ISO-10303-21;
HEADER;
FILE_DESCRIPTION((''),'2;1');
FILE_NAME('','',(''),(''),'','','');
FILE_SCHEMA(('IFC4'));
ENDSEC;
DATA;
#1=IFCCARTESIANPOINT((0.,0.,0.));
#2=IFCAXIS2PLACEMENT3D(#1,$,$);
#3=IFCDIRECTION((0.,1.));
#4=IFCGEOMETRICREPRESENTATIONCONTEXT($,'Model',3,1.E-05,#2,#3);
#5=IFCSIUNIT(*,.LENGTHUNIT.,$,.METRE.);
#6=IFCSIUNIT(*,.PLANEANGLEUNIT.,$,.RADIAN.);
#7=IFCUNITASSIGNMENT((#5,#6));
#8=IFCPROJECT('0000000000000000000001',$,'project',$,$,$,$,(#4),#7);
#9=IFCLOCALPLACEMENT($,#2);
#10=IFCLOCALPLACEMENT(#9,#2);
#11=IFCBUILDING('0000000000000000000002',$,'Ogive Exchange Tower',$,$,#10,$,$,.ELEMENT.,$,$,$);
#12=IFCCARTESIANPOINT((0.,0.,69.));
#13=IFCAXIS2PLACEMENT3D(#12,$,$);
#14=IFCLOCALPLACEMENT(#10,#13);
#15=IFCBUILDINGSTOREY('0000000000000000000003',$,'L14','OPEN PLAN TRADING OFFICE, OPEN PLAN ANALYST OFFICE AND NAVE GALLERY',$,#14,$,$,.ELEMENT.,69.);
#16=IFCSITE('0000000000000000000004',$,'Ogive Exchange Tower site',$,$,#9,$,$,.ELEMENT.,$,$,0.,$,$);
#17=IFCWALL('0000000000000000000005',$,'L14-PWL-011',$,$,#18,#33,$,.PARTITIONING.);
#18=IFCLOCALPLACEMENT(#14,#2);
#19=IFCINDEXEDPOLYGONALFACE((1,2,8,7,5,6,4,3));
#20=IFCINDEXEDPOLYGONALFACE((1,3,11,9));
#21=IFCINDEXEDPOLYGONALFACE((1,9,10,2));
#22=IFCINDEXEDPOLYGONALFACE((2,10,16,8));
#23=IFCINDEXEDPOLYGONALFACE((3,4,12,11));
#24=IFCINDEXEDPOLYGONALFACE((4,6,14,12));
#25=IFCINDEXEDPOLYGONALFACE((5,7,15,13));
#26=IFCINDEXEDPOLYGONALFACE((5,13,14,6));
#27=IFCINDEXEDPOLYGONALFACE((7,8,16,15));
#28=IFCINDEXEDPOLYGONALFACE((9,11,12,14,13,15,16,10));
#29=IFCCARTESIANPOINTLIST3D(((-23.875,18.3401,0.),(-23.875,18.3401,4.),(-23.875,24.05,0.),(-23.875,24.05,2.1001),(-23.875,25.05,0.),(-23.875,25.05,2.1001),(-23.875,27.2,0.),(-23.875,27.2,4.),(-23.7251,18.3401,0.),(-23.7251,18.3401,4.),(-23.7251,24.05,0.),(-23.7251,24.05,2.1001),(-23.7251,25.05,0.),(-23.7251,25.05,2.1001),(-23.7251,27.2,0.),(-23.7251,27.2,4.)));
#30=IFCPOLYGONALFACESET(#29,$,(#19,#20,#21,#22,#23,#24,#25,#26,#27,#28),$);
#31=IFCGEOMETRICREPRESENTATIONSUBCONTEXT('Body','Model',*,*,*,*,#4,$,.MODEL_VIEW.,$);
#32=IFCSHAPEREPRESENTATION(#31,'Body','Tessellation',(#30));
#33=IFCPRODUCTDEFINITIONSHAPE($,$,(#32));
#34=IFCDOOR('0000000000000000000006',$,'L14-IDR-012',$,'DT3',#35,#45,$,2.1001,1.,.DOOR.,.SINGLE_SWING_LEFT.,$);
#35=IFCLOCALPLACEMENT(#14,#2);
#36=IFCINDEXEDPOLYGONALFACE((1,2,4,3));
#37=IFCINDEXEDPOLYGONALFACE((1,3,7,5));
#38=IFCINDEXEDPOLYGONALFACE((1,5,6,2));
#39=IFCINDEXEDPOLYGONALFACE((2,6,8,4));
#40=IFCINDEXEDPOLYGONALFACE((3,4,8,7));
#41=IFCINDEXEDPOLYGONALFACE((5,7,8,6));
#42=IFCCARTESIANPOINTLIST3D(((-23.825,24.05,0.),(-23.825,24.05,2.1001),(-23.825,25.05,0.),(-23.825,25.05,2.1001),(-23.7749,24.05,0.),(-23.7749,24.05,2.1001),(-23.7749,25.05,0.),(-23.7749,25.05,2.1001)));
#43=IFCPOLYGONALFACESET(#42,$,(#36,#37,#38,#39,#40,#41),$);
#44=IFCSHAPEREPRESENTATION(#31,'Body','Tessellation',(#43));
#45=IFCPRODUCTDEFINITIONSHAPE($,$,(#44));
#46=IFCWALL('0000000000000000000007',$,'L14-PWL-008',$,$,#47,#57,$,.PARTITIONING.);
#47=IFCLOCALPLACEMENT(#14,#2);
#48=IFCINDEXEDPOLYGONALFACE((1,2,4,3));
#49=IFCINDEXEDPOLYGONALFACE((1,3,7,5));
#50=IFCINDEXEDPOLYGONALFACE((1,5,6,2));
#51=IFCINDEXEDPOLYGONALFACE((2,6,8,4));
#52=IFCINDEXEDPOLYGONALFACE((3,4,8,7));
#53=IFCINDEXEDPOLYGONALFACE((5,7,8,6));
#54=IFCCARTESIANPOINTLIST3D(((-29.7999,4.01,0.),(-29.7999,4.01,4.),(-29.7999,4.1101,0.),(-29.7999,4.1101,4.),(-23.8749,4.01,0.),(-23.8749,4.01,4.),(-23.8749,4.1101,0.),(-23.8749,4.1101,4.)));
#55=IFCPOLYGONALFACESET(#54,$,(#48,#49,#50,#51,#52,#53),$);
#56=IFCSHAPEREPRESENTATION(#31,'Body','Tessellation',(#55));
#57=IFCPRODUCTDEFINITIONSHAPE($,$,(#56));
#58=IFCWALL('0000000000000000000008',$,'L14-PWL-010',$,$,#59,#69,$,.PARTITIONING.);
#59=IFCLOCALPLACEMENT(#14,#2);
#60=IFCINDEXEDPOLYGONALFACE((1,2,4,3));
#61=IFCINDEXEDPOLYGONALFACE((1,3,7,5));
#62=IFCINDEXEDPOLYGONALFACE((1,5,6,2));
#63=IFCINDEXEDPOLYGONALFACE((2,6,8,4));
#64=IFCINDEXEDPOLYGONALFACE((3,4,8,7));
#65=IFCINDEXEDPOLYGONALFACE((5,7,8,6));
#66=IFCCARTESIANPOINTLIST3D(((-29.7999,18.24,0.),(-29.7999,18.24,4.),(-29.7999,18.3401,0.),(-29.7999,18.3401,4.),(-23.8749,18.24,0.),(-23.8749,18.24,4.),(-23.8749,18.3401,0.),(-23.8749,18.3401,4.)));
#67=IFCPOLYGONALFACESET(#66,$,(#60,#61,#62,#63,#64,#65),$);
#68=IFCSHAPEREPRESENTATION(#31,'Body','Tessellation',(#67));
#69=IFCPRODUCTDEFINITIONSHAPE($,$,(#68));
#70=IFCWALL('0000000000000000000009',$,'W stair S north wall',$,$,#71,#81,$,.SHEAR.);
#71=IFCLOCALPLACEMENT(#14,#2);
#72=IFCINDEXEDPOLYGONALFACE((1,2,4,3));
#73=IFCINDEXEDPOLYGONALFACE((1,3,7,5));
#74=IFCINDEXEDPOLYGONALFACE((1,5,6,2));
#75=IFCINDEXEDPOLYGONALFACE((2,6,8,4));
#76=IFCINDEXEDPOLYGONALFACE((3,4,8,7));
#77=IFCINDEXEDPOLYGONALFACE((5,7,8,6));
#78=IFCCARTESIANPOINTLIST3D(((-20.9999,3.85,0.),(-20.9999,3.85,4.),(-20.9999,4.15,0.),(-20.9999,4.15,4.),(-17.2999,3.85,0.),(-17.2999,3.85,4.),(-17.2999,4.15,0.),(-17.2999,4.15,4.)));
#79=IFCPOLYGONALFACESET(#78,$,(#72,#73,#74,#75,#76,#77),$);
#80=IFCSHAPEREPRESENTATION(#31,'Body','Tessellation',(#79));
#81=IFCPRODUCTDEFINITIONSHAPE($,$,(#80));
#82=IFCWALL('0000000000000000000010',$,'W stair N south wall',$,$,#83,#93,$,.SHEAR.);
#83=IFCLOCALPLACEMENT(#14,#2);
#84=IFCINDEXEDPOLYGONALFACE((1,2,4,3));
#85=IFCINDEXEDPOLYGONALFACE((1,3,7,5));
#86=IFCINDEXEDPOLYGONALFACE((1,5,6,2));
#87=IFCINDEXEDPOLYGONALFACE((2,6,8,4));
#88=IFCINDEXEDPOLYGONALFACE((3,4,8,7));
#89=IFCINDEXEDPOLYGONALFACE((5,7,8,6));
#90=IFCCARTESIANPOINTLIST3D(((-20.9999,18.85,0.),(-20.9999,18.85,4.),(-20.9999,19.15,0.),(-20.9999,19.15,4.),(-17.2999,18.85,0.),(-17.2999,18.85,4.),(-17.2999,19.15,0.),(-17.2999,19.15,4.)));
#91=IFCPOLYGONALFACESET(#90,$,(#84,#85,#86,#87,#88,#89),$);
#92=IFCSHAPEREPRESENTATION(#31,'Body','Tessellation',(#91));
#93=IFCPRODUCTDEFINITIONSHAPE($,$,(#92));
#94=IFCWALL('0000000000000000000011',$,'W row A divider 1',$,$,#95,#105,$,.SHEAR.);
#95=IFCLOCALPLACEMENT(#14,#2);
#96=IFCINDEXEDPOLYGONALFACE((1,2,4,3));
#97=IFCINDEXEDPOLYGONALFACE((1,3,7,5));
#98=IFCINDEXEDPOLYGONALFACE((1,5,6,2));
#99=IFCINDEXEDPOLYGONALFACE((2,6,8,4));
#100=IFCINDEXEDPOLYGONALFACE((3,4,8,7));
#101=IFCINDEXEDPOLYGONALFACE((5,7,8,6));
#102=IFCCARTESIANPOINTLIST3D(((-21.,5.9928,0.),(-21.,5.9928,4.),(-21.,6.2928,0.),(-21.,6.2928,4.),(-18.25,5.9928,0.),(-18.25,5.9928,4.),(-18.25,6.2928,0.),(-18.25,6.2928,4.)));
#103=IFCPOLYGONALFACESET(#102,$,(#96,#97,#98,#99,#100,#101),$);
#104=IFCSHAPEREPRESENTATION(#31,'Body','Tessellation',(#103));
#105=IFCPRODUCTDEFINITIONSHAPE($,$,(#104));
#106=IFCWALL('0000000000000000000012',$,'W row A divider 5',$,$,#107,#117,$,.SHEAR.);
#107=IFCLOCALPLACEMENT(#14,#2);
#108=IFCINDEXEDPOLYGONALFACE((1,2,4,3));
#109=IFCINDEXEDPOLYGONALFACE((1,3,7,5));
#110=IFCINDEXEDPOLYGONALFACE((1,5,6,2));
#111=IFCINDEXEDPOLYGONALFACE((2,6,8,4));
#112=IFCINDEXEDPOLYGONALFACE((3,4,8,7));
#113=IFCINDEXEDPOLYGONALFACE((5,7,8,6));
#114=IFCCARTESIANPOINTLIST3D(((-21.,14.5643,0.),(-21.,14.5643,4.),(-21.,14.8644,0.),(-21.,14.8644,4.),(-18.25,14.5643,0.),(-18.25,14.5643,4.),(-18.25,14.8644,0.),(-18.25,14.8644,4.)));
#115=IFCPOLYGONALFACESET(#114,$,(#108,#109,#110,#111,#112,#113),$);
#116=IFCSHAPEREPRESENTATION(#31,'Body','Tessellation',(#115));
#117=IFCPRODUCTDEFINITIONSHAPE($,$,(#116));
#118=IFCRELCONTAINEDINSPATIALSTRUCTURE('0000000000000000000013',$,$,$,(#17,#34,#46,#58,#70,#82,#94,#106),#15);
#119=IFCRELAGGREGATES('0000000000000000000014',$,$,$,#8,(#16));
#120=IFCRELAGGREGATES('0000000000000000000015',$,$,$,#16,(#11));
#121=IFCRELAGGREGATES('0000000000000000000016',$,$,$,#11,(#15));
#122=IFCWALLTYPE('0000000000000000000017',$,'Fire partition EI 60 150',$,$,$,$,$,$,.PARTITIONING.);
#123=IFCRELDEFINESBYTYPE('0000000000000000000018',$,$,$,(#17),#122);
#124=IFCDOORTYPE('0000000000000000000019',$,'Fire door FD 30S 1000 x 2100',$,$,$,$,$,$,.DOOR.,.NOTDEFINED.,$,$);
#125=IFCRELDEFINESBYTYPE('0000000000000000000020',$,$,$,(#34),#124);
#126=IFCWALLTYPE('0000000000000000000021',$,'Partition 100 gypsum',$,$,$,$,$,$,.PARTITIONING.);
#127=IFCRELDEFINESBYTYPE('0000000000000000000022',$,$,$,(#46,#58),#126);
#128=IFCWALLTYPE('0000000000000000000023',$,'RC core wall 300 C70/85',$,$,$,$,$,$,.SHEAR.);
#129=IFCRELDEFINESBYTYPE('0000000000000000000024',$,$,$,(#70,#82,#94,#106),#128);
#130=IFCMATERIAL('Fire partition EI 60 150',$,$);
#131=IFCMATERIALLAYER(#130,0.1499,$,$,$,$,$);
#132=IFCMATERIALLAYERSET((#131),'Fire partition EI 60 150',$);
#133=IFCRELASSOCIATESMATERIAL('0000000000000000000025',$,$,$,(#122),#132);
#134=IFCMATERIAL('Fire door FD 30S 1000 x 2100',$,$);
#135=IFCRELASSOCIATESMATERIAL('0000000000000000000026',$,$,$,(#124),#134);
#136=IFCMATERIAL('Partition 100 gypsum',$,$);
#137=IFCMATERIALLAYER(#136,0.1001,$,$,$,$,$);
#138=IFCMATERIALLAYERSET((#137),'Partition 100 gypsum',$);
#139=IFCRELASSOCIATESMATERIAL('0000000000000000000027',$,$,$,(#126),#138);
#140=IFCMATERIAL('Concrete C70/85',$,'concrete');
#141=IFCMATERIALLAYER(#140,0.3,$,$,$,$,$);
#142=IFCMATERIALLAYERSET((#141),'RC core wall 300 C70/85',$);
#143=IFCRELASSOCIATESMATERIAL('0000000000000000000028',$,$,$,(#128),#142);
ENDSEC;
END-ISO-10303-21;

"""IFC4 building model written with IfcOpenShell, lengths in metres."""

from ifc_helpers import new_model, si_unit, direction, frame, frame_2d, origin, place, context, subcontext, project, spatial, rectangle, extrude, material, layer, layer_set, type_object, element, fill, save


model = new_model("IFC4")

# Units and contexts
model_context = context("Model", 3, precision=1e-05, world=origin(), true_north=direction((0.0, 1.0)))
body_context = subcontext(model_context, "Body", "Model", "MODEL_VIEW")
ifc_project = project(units=[si_unit("LENGTHUNIT", "METRE"), si_unit("PLANEANGLEUNIT", "RADIAN")], contexts=[model_context])

# Site, building, storey
site_placement = place(None, origin())
site = spatial("IfcSite", under=ifc_project, at=site_placement, Name="Ogive Exchange Tower site", CompositionType="ELEMENT", RefElevation=0.0)
building_placement = place(site_placement, origin())
building = spatial("IfcBuilding", under=site, at=building_placement, Name="Ogive Exchange Tower", CompositionType="ELEMENT")
storey_placement = place(building_placement, frame((0.0, 0.0, 69.0)))
storey = spatial("IfcBuildingStorey", under=building, at=storey_placement, Name="L14", Description="OPEN PLAN TRADING OFFICE, OPEN PLAN ANALYST OFFICE AND NAVE GALLERY", CompositionType="ELEMENT", Elevation=69.0)

# Wall, opening, door
ifc_material_1 = material(Name="Fire partition EI 60 150")
ifc_layer_1 = layer(ifc_material_1, 0.1499)
ifc_layer_set_1 = layer_set([ifc_layer_1], Name="Fire partition EI 60 150")
wall_type_1 = type_object("IfcWallType", Name="Fire partition EI 60 150", PredefinedType="PARTITIONING", material=ifc_layer_set_1)
ifc_material_2 = material(Name="Fire door FD 30S 1000 x 2100")
door_type = type_object("IfcDoorType", Name="Fire door FD 30S 1000 x 2100", OperationType="NOTDEFINED", PredefinedType="DOOR", material=ifc_material_2)
wall_1_placement = place(storey_placement, frame((-23.8, 18.3401, 0.0), z_axis=(0.0, 0.0, 1.0), x_axis=(0.0, 1.0, 0.0)))
wall_1 = element("IfcWall", 1, at=wall_1_placement, inside=storey, type_object=wall_type_1, Name="L14-PWL-011", PredefinedType="PARTITIONING", context=body_context, shape_type="SweptSolid", body=[
    extrude(rectangle(XDim=8.8599, YDim=0.1499, at=frame_2d((4.4299, 0.0))), origin(), (0.0, 0.0, 1.0), 4.0),
])
opening_1_placement = place(wall_1_placement, frame((5.71, 0.0, 0.0)))
opening_1 = element("IfcOpeningElement", 2, at=opening_1_placement, cuts=wall_1, PredefinedType="OPENING", context=body_context, shape_type="SweptSolid", body=[
    extrude(rectangle(XDim=1.0, YDim=2.1001, at=frame_2d((0.5, 1.05))), frame((0.0, 0.085, 0.0), z_axis=(0.0, -1.0, 0.0), x_axis=(1.0, 0.0, 0.0)), (0.0, 0.0, 1.0), 0.1699),
])
door_1_placement = place(opening_1_placement, origin())
door_1 = element("IfcDoor", 3, at=door_1_placement, inside=storey, type_object=door_type, Name="L14-IDR-012", ObjectType="DT3", OperationType="SINGLE_SWING_LEFT", OverallHeight=2.1001, OverallWidth=1.0, PredefinedType="DOOR", context=body_context, shape_type="SweptSolid", body=[
    extrude(rectangle(XDim=1.0, YDim=2.1001, at=frame_2d((0.5, 1.05))), frame((0.0, 0.0249, 0.0), z_axis=(0.0, -1.0, 0.0), x_axis=(1.0, 0.0, 0.0)), (0.0, 0.0, 1.0), 0.05),
])
fill(opening_1, door_1)

# Walls
ifc_material_3 = material(Name="Partition 100 gypsum")
ifc_layer_2 = layer(ifc_material_3, 0.1001)
ifc_layer_set_2 = layer_set([ifc_layer_2], Name="Partition 100 gypsum")
wall_type_2 = type_object("IfcWallType", Name="Partition 100 gypsum", PredefinedType="PARTITIONING", material=ifc_layer_set_2)
for number, where, z_axis, x_axis, name in (
    (4, (-23.875, 4.0601, 0.0), (0.0, 0.0, 1.0), (-1.0, 0.0, 0.0), "L14-PWL-008"),
    (5, (-23.875, 18.29, 0.0), (0.0, 0.0, 1.0), (-1.0, 0.0, 0.0), "L14-PWL-010"),
):
    element("IfcWall", number, at=place(storey_placement, frame(where, z_axis=z_axis, x_axis=x_axis)), inside=storey, type_object=wall_type_2, Name=name, PredefinedType="PARTITIONING", context=body_context, shape_type="SweptSolid", body=[
        extrude(rectangle(XDim=5.925, YDim=0.1001, at=frame_2d((2.9624, 0.0))), origin(), (0.0, 0.0, 1.0), 4.0),
    ])
ifc_material_4 = material(Name="Concrete C70/85", Category="concrete")
ifc_layer_3 = layer(ifc_material_4, 0.3)
ifc_layer_set_3 = layer_set([ifc_layer_3], Name="RC core wall 300 C70/85")
wall_type_3 = type_object("IfcWallType", Name="RC core wall 300 C70/85", PredefinedType="SHEAR", material=ifc_layer_set_3)
for number, where, z_axis, x_axis, name in (
    (6, (-21.0, 4.0, 0.0), (0.0, 0.0, 1.0), (1.0, 0.0, 0.0), "W stair S north wall"),
    (7, (-21.0, 19.0, 0.0), (0.0, 0.0, 1.0), (1.0, 0.0, 0.0), "W stair N south wall"),
):
    element("IfcWall", number, at=place(storey_placement, frame(where, z_axis=z_axis, x_axis=x_axis)), inside=storey, type_object=wall_type_3, Name=name, PredefinedType="SHEAR", context=body_context, shape_type="SweptSolid", body=[
        extrude(rectangle(XDim=3.7, YDim=0.3, at=frame_2d((1.8501, 0.0))), origin(), (0.0, 0.0, 1.0), 4.0),
    ])
for number, where, z_axis, x_axis, name in (
    (8, (-21.0, 6.1428, 0.0), (0.0, 0.0, 1.0), (1.0, 0.0, 0.0), "W row A divider 1"),
    (9, (-21.0, 14.7144, 0.0), (0.0, 0.0, 1.0), (1.0, 0.0, 0.0), "W row A divider 5"),
):
    element("IfcWall", number, at=place(storey_placement, frame(where, z_axis=z_axis, x_axis=x_axis)), inside=storey, type_object=wall_type_3, Name=name, PredefinedType="SHEAR", context=body_context, shape_type="SweptSolid", body=[
        extrude(rectangle(XDim=2.75, YDim=0.3, at=frame_2d((1.375, 0.0))), origin(), (0.0, 0.0, 1.0), 4.0),
    ])

save(model, "model.ifc")
